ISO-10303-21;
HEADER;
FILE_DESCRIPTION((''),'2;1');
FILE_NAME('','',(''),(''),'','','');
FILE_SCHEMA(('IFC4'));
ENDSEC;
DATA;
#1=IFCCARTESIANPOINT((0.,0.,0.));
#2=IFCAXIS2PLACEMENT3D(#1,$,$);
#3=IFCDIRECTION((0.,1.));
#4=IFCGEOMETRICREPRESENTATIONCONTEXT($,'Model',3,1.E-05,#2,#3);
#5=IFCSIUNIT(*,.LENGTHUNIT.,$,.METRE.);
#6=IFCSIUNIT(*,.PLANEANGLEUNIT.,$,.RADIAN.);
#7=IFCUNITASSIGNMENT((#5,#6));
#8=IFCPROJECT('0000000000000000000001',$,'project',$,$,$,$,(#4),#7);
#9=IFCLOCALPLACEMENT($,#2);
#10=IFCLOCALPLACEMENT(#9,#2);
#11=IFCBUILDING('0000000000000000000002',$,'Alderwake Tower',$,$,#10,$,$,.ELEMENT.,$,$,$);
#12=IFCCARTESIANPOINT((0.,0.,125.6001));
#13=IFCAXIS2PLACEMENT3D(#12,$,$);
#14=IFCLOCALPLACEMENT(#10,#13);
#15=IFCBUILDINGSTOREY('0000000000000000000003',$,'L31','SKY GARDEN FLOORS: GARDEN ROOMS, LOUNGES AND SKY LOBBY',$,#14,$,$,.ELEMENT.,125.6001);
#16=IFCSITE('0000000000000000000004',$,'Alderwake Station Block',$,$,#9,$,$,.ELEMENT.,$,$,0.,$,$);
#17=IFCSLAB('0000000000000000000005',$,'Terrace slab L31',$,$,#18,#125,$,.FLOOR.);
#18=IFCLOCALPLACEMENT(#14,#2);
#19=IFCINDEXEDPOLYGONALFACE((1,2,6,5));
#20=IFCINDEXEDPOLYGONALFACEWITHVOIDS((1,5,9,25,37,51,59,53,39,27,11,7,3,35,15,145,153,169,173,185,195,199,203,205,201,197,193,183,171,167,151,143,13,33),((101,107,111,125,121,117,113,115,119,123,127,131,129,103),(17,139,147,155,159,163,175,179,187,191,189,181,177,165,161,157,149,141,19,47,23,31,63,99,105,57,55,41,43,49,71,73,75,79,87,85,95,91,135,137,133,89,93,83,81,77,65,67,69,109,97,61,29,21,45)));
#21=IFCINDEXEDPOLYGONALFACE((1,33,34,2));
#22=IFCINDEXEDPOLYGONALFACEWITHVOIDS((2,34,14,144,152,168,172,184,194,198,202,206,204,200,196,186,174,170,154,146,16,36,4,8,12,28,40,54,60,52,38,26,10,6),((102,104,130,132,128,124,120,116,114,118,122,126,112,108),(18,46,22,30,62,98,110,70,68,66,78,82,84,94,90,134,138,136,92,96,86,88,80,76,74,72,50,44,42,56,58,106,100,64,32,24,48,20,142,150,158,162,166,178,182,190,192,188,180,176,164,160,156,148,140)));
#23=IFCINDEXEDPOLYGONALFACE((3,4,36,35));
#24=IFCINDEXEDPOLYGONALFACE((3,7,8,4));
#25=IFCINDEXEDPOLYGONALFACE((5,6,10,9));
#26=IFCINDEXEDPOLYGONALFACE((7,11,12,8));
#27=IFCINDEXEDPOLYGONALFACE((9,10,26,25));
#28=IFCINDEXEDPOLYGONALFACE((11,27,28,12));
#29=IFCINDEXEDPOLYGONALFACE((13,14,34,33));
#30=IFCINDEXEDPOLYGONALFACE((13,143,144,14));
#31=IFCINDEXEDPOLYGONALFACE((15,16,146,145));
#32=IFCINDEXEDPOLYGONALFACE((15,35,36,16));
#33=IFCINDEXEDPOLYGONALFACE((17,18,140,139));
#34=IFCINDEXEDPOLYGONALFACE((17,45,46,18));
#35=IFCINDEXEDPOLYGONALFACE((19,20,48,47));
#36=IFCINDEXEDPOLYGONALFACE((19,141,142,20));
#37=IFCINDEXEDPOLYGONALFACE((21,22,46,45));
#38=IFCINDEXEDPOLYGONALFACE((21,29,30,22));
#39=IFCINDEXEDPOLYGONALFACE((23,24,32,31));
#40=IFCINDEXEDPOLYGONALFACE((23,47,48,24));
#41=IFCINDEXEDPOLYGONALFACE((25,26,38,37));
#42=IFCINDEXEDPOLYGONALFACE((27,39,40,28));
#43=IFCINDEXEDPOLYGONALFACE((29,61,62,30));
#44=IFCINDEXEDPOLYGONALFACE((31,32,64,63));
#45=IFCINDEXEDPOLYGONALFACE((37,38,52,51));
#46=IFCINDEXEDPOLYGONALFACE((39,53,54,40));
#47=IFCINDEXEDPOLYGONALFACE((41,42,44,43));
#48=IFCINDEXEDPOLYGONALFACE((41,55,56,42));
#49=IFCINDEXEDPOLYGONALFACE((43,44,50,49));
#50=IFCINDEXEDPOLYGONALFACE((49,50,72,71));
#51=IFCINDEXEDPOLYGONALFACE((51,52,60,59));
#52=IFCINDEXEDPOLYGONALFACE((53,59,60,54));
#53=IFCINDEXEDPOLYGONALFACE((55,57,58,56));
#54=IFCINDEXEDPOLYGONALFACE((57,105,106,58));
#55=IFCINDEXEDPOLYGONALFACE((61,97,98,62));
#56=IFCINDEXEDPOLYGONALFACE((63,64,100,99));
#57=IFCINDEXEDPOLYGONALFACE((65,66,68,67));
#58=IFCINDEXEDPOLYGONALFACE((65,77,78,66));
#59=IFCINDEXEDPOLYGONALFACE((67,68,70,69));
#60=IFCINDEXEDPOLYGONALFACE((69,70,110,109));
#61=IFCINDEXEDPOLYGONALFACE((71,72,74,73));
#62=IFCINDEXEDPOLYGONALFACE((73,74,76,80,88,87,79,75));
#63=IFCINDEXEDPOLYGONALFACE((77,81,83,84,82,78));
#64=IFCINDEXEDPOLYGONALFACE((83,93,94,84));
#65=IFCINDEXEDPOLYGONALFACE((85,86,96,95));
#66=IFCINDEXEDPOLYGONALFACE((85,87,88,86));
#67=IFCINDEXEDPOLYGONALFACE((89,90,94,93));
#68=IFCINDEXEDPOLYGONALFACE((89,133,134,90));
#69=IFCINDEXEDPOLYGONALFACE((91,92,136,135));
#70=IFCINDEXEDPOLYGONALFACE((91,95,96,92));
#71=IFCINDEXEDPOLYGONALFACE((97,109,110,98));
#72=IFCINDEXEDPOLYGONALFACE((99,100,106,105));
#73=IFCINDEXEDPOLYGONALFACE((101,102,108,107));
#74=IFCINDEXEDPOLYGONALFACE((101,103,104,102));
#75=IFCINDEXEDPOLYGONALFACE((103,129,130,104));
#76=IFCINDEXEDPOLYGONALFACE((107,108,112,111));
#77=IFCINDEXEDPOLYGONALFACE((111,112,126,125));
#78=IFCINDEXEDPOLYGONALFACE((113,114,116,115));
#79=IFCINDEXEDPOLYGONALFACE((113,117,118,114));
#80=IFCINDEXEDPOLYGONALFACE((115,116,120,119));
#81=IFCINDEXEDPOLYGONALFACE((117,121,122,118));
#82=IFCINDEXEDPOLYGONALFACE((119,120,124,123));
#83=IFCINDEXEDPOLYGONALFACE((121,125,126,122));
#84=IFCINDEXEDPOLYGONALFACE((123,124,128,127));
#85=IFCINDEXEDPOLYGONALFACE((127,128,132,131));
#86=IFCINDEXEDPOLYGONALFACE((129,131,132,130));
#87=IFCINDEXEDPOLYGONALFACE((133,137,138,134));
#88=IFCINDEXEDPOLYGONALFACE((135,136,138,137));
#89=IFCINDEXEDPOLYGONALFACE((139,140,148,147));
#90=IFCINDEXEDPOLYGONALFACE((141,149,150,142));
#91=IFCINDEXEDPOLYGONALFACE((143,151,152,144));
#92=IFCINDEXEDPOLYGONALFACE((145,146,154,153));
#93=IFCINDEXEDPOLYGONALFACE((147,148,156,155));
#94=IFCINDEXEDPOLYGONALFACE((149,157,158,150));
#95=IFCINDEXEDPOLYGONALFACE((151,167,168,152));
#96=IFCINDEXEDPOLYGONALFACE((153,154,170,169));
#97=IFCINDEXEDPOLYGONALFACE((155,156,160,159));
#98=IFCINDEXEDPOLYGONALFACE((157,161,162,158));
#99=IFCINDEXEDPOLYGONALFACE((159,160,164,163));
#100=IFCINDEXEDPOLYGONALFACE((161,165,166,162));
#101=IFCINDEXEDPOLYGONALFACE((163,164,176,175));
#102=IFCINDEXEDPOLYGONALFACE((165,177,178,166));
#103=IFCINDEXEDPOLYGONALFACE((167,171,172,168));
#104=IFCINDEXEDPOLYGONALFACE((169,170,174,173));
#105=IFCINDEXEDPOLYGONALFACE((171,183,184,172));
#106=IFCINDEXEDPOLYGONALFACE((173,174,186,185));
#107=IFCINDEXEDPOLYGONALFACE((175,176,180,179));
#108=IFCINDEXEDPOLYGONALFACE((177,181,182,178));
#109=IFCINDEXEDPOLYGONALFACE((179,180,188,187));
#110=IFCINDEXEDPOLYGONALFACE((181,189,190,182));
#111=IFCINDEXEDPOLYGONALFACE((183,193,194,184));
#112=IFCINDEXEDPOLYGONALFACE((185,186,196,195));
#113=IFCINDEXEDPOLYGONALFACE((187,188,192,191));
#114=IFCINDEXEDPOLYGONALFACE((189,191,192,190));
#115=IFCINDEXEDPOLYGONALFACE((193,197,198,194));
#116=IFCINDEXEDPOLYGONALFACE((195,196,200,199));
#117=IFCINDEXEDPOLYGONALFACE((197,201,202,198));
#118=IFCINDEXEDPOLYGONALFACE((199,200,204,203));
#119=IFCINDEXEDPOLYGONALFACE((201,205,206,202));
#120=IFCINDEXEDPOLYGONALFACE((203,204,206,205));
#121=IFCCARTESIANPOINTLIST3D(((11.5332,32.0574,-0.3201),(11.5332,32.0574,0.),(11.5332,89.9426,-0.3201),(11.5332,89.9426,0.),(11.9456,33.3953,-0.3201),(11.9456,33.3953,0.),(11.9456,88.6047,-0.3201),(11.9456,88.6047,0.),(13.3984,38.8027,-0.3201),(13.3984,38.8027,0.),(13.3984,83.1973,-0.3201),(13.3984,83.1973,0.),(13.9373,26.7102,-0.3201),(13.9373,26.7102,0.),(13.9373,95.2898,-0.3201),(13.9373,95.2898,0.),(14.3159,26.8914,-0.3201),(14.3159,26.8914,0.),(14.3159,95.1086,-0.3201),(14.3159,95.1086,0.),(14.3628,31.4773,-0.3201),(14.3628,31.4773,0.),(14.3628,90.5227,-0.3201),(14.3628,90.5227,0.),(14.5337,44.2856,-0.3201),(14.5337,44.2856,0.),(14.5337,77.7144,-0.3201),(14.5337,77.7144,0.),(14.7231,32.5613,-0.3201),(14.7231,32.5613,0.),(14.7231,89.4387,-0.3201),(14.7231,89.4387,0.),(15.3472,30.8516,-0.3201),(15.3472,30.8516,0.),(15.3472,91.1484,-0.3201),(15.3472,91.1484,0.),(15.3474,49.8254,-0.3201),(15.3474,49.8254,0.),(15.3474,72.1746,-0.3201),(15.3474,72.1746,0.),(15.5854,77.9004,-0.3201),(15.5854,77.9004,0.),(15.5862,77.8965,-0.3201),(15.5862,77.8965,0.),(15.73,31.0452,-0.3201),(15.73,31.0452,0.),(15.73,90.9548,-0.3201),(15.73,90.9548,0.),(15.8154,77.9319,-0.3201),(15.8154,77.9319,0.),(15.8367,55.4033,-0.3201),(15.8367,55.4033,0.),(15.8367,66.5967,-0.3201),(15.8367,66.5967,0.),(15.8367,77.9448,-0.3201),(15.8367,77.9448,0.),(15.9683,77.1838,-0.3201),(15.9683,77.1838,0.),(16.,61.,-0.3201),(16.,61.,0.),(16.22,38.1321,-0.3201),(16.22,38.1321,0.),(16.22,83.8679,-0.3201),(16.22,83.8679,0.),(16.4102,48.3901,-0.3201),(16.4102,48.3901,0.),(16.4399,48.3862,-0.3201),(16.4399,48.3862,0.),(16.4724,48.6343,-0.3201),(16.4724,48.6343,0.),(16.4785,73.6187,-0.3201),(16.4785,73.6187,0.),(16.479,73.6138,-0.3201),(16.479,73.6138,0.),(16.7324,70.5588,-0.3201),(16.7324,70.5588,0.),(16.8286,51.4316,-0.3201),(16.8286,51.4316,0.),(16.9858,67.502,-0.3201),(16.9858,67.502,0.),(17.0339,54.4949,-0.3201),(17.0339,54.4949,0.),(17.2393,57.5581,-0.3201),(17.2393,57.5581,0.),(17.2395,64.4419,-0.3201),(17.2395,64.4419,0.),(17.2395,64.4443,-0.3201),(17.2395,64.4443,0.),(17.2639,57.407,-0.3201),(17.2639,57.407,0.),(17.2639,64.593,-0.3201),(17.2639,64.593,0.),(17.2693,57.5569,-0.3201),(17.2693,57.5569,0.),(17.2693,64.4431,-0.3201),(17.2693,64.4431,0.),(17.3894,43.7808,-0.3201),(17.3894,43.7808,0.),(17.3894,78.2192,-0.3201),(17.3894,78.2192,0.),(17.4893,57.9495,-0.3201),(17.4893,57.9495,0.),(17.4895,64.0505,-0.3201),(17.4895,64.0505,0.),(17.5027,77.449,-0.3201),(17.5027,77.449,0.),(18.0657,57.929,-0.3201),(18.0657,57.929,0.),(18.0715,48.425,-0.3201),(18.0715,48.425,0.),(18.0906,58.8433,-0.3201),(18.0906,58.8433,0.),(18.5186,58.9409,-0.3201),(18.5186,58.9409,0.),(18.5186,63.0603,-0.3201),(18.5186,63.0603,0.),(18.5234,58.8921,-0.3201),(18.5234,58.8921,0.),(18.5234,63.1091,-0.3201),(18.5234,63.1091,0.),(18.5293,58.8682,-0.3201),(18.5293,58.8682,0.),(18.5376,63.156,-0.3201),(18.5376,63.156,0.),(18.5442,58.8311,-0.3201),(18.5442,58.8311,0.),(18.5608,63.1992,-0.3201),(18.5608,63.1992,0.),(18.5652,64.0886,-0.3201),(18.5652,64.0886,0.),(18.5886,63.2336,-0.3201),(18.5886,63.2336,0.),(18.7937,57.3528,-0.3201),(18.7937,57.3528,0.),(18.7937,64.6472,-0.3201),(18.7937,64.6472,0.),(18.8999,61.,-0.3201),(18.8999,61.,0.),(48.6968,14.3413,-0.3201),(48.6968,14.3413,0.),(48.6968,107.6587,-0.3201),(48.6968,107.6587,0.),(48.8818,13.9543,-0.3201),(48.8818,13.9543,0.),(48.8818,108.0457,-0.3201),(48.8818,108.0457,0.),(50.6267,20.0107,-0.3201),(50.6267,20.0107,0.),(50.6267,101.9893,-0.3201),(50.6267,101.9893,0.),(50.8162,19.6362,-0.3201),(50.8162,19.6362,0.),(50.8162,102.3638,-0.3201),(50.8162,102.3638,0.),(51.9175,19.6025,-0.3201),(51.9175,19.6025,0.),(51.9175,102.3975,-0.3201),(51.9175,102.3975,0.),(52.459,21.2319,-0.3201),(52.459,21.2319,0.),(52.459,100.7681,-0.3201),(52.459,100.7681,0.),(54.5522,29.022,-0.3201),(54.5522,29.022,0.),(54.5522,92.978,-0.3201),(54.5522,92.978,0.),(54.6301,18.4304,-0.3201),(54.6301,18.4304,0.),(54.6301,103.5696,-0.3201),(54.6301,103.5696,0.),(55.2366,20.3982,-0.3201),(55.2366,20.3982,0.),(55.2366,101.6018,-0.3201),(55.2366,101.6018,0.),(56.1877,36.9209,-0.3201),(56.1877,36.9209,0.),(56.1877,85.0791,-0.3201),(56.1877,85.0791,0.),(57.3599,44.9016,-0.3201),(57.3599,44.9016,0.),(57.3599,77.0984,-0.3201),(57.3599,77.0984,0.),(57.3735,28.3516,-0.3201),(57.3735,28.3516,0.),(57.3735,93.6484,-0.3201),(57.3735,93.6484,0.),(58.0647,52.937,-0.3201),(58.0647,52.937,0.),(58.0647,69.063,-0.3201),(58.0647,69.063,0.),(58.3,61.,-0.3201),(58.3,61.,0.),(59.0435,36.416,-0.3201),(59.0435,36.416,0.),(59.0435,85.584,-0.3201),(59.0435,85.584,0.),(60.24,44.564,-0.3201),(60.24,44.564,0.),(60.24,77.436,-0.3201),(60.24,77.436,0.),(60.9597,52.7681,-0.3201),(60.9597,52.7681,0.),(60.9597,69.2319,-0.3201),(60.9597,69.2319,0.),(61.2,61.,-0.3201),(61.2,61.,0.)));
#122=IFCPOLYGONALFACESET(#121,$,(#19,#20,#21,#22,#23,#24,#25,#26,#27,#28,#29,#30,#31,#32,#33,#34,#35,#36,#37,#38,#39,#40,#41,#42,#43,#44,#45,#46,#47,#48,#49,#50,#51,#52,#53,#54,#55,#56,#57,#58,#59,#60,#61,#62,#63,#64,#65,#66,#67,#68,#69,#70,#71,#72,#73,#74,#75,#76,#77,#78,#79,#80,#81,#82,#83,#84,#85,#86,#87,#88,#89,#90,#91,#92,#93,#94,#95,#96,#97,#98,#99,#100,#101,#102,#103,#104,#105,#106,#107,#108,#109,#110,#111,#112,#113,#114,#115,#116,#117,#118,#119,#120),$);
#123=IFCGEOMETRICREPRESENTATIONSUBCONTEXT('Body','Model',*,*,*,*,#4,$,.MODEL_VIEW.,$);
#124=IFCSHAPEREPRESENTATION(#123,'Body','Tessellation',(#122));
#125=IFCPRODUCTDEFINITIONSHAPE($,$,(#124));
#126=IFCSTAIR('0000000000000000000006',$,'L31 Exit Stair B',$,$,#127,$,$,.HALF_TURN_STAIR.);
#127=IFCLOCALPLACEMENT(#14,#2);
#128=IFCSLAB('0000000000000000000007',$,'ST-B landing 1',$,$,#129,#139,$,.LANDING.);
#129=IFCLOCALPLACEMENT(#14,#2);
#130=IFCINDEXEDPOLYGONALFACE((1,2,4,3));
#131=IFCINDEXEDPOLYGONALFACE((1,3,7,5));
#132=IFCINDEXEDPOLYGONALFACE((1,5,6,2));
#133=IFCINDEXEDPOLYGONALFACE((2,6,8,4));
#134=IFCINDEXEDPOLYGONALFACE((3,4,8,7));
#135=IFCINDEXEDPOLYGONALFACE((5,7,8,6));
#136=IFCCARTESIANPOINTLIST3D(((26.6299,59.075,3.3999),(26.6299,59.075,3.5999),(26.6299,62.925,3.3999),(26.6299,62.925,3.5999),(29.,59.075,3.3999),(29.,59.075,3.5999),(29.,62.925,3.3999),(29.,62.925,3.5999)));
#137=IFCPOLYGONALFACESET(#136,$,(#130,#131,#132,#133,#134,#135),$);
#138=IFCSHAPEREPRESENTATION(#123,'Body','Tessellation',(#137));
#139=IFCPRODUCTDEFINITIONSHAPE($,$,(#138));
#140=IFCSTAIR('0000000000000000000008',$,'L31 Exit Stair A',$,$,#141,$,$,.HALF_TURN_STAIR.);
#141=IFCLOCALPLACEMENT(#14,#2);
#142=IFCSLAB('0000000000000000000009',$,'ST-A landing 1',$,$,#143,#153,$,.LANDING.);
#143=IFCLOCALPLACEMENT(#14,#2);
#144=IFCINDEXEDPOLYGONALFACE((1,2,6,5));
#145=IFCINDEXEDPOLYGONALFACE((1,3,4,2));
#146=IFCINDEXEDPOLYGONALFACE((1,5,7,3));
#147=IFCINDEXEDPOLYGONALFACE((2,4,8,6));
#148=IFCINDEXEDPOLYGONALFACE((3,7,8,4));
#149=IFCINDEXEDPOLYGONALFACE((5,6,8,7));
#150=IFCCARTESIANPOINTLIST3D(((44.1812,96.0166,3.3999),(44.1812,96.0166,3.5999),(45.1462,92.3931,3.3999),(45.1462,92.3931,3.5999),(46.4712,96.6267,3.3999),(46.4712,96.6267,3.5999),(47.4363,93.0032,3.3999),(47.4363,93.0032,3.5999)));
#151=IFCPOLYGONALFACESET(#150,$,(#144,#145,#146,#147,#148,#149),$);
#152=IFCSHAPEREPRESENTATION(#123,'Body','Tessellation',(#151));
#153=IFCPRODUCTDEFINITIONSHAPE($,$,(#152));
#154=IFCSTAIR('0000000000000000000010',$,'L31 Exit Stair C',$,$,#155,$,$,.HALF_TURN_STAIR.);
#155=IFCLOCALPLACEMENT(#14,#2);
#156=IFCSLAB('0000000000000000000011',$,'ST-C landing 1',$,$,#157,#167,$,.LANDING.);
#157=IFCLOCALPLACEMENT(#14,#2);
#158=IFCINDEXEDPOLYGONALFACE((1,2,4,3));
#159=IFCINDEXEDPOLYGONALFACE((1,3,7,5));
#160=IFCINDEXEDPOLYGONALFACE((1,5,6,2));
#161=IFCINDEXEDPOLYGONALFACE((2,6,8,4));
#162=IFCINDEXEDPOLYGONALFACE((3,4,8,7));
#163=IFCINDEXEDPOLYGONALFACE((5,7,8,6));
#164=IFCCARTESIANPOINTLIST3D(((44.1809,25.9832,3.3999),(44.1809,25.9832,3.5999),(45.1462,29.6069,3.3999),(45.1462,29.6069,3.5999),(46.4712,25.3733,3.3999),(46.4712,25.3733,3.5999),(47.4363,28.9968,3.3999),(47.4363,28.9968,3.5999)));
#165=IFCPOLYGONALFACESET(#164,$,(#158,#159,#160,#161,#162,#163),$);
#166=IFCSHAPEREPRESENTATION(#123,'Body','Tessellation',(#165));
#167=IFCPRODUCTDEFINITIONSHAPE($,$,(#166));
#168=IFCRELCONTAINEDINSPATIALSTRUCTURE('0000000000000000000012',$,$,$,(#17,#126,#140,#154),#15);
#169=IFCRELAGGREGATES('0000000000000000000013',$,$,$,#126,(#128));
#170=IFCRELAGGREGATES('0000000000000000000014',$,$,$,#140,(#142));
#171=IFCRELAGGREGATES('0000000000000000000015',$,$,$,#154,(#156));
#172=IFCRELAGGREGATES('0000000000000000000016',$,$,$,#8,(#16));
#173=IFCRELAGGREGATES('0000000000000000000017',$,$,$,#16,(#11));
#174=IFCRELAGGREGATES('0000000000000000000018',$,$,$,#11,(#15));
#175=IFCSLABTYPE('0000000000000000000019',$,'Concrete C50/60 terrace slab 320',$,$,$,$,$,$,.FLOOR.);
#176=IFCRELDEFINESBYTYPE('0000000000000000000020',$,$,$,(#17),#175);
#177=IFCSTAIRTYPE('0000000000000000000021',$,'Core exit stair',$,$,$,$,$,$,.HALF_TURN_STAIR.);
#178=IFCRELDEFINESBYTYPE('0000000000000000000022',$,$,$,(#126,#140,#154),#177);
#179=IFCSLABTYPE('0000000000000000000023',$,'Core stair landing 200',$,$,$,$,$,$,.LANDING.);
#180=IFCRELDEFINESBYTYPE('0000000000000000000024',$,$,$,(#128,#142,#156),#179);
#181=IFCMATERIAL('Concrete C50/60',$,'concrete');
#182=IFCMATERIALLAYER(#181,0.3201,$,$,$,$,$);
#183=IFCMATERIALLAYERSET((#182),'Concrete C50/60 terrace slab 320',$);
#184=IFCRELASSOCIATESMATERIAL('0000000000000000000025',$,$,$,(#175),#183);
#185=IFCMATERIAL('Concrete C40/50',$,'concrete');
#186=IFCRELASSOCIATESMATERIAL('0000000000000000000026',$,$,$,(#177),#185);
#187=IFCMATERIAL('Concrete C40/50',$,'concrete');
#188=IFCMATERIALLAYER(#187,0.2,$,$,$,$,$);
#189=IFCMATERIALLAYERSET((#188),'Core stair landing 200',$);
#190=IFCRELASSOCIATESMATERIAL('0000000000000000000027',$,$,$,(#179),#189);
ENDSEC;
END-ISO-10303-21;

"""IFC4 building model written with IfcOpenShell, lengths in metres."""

from ifc_helpers import new_model, si_unit, direction, frame, origin, place, context, subcontext, project, spatial, polyline, outline, extrude, material, layer, layer_set, type_object, element, aggregate, save


model = new_model("IFC4")

# Units and contexts
model_context = context("Model", 3, precision=1e-05, world=origin(), true_north=direction((0.0, 1.0)))
body_context = subcontext(model_context, "Body", "Model", "MODEL_VIEW")
ifc_project = project(units=[si_unit("LENGTHUNIT", "METRE"), si_unit("PLANEANGLEUNIT", "RADIAN")], contexts=[model_context])

# Site, building, storey
site_placement = place(None, origin())
site = spatial("IfcSite", under=ifc_project, at=site_placement, Name="Alderwake Station Block", CompositionType="ELEMENT", RefElevation=0.0)
building_placement = place(site_placement, origin())
building = spatial("IfcBuilding", under=site, at=building_placement, Name="Alderwake Tower", CompositionType="ELEMENT")
storey_placement = place(building_placement, frame((0.0, 0.0, 125.6001)))
storey = spatial("IfcBuildingStorey", under=building, at=storey_placement, Name="L31", Description="SKY GARDEN FLOORS: GARDEN ROOMS, LOUNGES AND SKY LOBBY", CompositionType="ELEMENT", Elevation=125.6001)

# Slab
ifc_material_1 = material(Name="Concrete C50/60", Category="concrete")
ifc_layer_1 = layer(ifc_material_1, 0.3201)
ifc_layer_set_1 = layer_set([ifc_layer_1], Name="Concrete C50/60 terrace slab 320")
slab_type_1 = type_object("IfcSlabType", Name="Concrete C50/60 terrace slab 320", PredefinedType="FLOOR", material=ifc_layer_set_1)
slab_1_placement = place(storey_placement, frame((0.0, 0.0, -0.3201)))
element("IfcSlab", 1, at=slab_1_placement, inside=storey, type_object=slab_type_1, Name="Terrace slab L31", PredefinedType="FLOOR", context=body_context, shape_type="SweptSolid", body=[
    extrude(outline(polyline([(11.9456, 33.3953), (13.3984, 38.8027), (14.5337, 44.2856), (15.3474, 49.8254), (15.8367, 55.4033), (16.0, 61.0), (15.8367, 66.5967), (15.3474, 72.1746), (14.5337, 77.7144), (13.3984, 83.1973), (11.9456, 88.6047), (11.5332, 89.9426), (15.3472, 91.1484), (13.9373, 95.2898), (48.8818, 108.0457), (50.8162, 102.3638), (54.6301, 103.5696), (55.2366, 101.6018), (57.3735, 93.6484), (59.0435, 85.584), (60.24, 77.436), (60.9597, 69.2319), (61.2, 61.0), (60.9597, 52.7681), (60.24, 44.564), (59.0435, 36.416), (57.3735, 28.3516), (55.2366, 20.3982), (54.6301, 18.4304), (50.8162, 19.6362), (48.8818, 13.9543), (13.9373, 26.7102), (15.3472, 30.8516), (11.5332, 32.0574), (11.9456, 33.3953)]), holes=[polyline([(50.6267, 20.0107), (51.9175, 19.6025), (52.459, 21.2319), (54.5522, 29.022), (56.1877, 36.9209), (57.3599, 44.9016), (58.0647, 52.937), (58.3, 61.0), (58.0647, 69.063), (57.3599, 77.0984), (56.1877, 85.0791), (54.5522, 92.978), (52.459, 100.7681), (51.9175, 102.3975), (50.6267, 101.9893), (48.6968, 107.6587), (14.3159, 95.1086), (15.73, 90.9548), (14.3628, 90.5227), (14.7231, 89.4387), (16.22, 83.8679), (17.3894, 78.2192), (17.5027, 77.449), (15.9683, 77.1838), (15.8367, 77.9448), (15.5854, 77.9004), (15.5862, 77.8965), (15.8154, 77.9319), (16.4785, 73.6187), (16.479, 73.6138), (16.7324, 70.5588), (16.9858, 67.502), (17.2395, 64.4443), (17.2395, 64.4419), (17.2693, 64.4431), (17.2639, 64.593), (18.7937, 64.6472), (18.8999, 61.0), (18.7937, 57.3528), (17.2639, 57.407), (17.2693, 57.5569), (17.2393, 57.5581), (17.0339, 54.4949), (16.8286, 51.4316), (16.8286, 51.4316), (16.4102, 48.3901), (16.4399, 48.3862), (16.4724, 48.6343), (18.0715, 48.425), (17.3894, 43.7808), (16.22, 38.1321), (14.7231, 32.5613), (14.3628, 31.4773), (15.73, 31.0452), (14.3159, 26.8914), (48.6968, 14.3413), (50.6267, 20.0107)]), polyline([(17.4895, 64.0505), (17.4893, 57.9495), (18.0657, 57.929), (18.0906, 58.8433), (18.5442, 58.8311), (18.5293, 58.8682), (18.5234, 58.8921), (18.5186, 58.9409), (18.5186, 63.0603), (18.5234, 63.1091), (18.5376, 63.156), (18.5608, 63.1992), (18.5886, 63.2336), (18.5652, 64.0886), (17.4895, 64.0505)])]), origin(), (0.0, 0.0, 1.0), 0.3201),
])

# Stairs, slabs
ifc_material_2 = material(Name="Concrete C40/50", Category="concrete")
stair_type = type_object("IfcStairType", Name="Core exit stair", PredefinedType="HALF_TURN_STAIR", material=ifc_material_2)
stair_1_placement = place(storey_placement, origin())
stair_1 = element("IfcStair", 2, at=stair_1_placement, inside=storey, type_object=stair_type, Name="L31 Exit Stair B", PredefinedType="HALF_TURN_STAIR")
ifc_material_3 = material(Name="Concrete C40/50", Category="concrete")
ifc_layer_2 = layer(ifc_material_3, 0.2)
ifc_layer_set_2 = layer_set([ifc_layer_2], Name="Core stair landing 200")
slab_type_2 = type_object("IfcSlabType", Name="Core stair landing 200", PredefinedType="LANDING", material=ifc_layer_set_2)
slab_2_placement = place(storey_placement, frame((0.0, 0.0, 3.3999)))
slab_2 = element("IfcSlab", 3, at=slab_2_placement, type_object=slab_type_2, Name="ST-B landing 1", PredefinedType="LANDING", context=body_context, shape_type="SweptSolid", body=[
    extrude(outline(polyline([(26.6299, 59.075), (29.0, 59.075), (29.0, 62.925), (26.6299, 62.925), (26.6299, 59.075)])), origin(), (0.0, 0.0, 1.0), 0.2),
])
aggregate(stair_1, [slab_2])
stair_2_placement = place(storey_placement, origin())
stair_2 = element("IfcStair", 4, at=stair_2_placement, inside=storey, type_object=stair_type, Name="L31 Exit Stair A", PredefinedType="HALF_TURN_STAIR")
slab_3_placement = place(storey_placement, frame((0.0, 0.0, 3.3999)))
slab_3 = element("IfcSlab", 5, at=slab_3_placement, type_object=slab_type_2, Name="ST-A landing 1", PredefinedType="LANDING", context=body_context, shape_type="SweptSolid", body=[
    extrude(outline(polyline([(45.1462, 92.3931), (47.4363, 93.0032), (46.4712, 96.6267), (44.1812, 96.0166), (45.1462, 92.3931)])), origin(), (0.0, 0.0, 1.0), 0.2),
])
aggregate(stair_2, [slab_3])
stair_3_placement = place(storey_placement, origin())
stair_3 = element("IfcStair", 6, at=stair_3_placement, inside=storey, type_object=stair_type, Name="L31 Exit Stair C", PredefinedType="HALF_TURN_STAIR")
slab_4_placement = place(storey_placement, frame((0.0, 0.0, 3.3999)))
slab_4 = element("IfcSlab", 7, at=slab_4_placement, type_object=slab_type_2, Name="ST-C landing 1", PredefinedType="LANDING", context=body_context, shape_type="SweptSolid", body=[
    extrude(outline(polyline([(44.1809, 25.9832), (46.4712, 25.3733), (47.4363, 28.9968), (45.1462, 29.6069), (44.1809, 25.9832)])), origin(), (0.0, 0.0, 1.0), 0.2),
])
aggregate(stair_3, [slab_4])

save(model, "model.ifc")
